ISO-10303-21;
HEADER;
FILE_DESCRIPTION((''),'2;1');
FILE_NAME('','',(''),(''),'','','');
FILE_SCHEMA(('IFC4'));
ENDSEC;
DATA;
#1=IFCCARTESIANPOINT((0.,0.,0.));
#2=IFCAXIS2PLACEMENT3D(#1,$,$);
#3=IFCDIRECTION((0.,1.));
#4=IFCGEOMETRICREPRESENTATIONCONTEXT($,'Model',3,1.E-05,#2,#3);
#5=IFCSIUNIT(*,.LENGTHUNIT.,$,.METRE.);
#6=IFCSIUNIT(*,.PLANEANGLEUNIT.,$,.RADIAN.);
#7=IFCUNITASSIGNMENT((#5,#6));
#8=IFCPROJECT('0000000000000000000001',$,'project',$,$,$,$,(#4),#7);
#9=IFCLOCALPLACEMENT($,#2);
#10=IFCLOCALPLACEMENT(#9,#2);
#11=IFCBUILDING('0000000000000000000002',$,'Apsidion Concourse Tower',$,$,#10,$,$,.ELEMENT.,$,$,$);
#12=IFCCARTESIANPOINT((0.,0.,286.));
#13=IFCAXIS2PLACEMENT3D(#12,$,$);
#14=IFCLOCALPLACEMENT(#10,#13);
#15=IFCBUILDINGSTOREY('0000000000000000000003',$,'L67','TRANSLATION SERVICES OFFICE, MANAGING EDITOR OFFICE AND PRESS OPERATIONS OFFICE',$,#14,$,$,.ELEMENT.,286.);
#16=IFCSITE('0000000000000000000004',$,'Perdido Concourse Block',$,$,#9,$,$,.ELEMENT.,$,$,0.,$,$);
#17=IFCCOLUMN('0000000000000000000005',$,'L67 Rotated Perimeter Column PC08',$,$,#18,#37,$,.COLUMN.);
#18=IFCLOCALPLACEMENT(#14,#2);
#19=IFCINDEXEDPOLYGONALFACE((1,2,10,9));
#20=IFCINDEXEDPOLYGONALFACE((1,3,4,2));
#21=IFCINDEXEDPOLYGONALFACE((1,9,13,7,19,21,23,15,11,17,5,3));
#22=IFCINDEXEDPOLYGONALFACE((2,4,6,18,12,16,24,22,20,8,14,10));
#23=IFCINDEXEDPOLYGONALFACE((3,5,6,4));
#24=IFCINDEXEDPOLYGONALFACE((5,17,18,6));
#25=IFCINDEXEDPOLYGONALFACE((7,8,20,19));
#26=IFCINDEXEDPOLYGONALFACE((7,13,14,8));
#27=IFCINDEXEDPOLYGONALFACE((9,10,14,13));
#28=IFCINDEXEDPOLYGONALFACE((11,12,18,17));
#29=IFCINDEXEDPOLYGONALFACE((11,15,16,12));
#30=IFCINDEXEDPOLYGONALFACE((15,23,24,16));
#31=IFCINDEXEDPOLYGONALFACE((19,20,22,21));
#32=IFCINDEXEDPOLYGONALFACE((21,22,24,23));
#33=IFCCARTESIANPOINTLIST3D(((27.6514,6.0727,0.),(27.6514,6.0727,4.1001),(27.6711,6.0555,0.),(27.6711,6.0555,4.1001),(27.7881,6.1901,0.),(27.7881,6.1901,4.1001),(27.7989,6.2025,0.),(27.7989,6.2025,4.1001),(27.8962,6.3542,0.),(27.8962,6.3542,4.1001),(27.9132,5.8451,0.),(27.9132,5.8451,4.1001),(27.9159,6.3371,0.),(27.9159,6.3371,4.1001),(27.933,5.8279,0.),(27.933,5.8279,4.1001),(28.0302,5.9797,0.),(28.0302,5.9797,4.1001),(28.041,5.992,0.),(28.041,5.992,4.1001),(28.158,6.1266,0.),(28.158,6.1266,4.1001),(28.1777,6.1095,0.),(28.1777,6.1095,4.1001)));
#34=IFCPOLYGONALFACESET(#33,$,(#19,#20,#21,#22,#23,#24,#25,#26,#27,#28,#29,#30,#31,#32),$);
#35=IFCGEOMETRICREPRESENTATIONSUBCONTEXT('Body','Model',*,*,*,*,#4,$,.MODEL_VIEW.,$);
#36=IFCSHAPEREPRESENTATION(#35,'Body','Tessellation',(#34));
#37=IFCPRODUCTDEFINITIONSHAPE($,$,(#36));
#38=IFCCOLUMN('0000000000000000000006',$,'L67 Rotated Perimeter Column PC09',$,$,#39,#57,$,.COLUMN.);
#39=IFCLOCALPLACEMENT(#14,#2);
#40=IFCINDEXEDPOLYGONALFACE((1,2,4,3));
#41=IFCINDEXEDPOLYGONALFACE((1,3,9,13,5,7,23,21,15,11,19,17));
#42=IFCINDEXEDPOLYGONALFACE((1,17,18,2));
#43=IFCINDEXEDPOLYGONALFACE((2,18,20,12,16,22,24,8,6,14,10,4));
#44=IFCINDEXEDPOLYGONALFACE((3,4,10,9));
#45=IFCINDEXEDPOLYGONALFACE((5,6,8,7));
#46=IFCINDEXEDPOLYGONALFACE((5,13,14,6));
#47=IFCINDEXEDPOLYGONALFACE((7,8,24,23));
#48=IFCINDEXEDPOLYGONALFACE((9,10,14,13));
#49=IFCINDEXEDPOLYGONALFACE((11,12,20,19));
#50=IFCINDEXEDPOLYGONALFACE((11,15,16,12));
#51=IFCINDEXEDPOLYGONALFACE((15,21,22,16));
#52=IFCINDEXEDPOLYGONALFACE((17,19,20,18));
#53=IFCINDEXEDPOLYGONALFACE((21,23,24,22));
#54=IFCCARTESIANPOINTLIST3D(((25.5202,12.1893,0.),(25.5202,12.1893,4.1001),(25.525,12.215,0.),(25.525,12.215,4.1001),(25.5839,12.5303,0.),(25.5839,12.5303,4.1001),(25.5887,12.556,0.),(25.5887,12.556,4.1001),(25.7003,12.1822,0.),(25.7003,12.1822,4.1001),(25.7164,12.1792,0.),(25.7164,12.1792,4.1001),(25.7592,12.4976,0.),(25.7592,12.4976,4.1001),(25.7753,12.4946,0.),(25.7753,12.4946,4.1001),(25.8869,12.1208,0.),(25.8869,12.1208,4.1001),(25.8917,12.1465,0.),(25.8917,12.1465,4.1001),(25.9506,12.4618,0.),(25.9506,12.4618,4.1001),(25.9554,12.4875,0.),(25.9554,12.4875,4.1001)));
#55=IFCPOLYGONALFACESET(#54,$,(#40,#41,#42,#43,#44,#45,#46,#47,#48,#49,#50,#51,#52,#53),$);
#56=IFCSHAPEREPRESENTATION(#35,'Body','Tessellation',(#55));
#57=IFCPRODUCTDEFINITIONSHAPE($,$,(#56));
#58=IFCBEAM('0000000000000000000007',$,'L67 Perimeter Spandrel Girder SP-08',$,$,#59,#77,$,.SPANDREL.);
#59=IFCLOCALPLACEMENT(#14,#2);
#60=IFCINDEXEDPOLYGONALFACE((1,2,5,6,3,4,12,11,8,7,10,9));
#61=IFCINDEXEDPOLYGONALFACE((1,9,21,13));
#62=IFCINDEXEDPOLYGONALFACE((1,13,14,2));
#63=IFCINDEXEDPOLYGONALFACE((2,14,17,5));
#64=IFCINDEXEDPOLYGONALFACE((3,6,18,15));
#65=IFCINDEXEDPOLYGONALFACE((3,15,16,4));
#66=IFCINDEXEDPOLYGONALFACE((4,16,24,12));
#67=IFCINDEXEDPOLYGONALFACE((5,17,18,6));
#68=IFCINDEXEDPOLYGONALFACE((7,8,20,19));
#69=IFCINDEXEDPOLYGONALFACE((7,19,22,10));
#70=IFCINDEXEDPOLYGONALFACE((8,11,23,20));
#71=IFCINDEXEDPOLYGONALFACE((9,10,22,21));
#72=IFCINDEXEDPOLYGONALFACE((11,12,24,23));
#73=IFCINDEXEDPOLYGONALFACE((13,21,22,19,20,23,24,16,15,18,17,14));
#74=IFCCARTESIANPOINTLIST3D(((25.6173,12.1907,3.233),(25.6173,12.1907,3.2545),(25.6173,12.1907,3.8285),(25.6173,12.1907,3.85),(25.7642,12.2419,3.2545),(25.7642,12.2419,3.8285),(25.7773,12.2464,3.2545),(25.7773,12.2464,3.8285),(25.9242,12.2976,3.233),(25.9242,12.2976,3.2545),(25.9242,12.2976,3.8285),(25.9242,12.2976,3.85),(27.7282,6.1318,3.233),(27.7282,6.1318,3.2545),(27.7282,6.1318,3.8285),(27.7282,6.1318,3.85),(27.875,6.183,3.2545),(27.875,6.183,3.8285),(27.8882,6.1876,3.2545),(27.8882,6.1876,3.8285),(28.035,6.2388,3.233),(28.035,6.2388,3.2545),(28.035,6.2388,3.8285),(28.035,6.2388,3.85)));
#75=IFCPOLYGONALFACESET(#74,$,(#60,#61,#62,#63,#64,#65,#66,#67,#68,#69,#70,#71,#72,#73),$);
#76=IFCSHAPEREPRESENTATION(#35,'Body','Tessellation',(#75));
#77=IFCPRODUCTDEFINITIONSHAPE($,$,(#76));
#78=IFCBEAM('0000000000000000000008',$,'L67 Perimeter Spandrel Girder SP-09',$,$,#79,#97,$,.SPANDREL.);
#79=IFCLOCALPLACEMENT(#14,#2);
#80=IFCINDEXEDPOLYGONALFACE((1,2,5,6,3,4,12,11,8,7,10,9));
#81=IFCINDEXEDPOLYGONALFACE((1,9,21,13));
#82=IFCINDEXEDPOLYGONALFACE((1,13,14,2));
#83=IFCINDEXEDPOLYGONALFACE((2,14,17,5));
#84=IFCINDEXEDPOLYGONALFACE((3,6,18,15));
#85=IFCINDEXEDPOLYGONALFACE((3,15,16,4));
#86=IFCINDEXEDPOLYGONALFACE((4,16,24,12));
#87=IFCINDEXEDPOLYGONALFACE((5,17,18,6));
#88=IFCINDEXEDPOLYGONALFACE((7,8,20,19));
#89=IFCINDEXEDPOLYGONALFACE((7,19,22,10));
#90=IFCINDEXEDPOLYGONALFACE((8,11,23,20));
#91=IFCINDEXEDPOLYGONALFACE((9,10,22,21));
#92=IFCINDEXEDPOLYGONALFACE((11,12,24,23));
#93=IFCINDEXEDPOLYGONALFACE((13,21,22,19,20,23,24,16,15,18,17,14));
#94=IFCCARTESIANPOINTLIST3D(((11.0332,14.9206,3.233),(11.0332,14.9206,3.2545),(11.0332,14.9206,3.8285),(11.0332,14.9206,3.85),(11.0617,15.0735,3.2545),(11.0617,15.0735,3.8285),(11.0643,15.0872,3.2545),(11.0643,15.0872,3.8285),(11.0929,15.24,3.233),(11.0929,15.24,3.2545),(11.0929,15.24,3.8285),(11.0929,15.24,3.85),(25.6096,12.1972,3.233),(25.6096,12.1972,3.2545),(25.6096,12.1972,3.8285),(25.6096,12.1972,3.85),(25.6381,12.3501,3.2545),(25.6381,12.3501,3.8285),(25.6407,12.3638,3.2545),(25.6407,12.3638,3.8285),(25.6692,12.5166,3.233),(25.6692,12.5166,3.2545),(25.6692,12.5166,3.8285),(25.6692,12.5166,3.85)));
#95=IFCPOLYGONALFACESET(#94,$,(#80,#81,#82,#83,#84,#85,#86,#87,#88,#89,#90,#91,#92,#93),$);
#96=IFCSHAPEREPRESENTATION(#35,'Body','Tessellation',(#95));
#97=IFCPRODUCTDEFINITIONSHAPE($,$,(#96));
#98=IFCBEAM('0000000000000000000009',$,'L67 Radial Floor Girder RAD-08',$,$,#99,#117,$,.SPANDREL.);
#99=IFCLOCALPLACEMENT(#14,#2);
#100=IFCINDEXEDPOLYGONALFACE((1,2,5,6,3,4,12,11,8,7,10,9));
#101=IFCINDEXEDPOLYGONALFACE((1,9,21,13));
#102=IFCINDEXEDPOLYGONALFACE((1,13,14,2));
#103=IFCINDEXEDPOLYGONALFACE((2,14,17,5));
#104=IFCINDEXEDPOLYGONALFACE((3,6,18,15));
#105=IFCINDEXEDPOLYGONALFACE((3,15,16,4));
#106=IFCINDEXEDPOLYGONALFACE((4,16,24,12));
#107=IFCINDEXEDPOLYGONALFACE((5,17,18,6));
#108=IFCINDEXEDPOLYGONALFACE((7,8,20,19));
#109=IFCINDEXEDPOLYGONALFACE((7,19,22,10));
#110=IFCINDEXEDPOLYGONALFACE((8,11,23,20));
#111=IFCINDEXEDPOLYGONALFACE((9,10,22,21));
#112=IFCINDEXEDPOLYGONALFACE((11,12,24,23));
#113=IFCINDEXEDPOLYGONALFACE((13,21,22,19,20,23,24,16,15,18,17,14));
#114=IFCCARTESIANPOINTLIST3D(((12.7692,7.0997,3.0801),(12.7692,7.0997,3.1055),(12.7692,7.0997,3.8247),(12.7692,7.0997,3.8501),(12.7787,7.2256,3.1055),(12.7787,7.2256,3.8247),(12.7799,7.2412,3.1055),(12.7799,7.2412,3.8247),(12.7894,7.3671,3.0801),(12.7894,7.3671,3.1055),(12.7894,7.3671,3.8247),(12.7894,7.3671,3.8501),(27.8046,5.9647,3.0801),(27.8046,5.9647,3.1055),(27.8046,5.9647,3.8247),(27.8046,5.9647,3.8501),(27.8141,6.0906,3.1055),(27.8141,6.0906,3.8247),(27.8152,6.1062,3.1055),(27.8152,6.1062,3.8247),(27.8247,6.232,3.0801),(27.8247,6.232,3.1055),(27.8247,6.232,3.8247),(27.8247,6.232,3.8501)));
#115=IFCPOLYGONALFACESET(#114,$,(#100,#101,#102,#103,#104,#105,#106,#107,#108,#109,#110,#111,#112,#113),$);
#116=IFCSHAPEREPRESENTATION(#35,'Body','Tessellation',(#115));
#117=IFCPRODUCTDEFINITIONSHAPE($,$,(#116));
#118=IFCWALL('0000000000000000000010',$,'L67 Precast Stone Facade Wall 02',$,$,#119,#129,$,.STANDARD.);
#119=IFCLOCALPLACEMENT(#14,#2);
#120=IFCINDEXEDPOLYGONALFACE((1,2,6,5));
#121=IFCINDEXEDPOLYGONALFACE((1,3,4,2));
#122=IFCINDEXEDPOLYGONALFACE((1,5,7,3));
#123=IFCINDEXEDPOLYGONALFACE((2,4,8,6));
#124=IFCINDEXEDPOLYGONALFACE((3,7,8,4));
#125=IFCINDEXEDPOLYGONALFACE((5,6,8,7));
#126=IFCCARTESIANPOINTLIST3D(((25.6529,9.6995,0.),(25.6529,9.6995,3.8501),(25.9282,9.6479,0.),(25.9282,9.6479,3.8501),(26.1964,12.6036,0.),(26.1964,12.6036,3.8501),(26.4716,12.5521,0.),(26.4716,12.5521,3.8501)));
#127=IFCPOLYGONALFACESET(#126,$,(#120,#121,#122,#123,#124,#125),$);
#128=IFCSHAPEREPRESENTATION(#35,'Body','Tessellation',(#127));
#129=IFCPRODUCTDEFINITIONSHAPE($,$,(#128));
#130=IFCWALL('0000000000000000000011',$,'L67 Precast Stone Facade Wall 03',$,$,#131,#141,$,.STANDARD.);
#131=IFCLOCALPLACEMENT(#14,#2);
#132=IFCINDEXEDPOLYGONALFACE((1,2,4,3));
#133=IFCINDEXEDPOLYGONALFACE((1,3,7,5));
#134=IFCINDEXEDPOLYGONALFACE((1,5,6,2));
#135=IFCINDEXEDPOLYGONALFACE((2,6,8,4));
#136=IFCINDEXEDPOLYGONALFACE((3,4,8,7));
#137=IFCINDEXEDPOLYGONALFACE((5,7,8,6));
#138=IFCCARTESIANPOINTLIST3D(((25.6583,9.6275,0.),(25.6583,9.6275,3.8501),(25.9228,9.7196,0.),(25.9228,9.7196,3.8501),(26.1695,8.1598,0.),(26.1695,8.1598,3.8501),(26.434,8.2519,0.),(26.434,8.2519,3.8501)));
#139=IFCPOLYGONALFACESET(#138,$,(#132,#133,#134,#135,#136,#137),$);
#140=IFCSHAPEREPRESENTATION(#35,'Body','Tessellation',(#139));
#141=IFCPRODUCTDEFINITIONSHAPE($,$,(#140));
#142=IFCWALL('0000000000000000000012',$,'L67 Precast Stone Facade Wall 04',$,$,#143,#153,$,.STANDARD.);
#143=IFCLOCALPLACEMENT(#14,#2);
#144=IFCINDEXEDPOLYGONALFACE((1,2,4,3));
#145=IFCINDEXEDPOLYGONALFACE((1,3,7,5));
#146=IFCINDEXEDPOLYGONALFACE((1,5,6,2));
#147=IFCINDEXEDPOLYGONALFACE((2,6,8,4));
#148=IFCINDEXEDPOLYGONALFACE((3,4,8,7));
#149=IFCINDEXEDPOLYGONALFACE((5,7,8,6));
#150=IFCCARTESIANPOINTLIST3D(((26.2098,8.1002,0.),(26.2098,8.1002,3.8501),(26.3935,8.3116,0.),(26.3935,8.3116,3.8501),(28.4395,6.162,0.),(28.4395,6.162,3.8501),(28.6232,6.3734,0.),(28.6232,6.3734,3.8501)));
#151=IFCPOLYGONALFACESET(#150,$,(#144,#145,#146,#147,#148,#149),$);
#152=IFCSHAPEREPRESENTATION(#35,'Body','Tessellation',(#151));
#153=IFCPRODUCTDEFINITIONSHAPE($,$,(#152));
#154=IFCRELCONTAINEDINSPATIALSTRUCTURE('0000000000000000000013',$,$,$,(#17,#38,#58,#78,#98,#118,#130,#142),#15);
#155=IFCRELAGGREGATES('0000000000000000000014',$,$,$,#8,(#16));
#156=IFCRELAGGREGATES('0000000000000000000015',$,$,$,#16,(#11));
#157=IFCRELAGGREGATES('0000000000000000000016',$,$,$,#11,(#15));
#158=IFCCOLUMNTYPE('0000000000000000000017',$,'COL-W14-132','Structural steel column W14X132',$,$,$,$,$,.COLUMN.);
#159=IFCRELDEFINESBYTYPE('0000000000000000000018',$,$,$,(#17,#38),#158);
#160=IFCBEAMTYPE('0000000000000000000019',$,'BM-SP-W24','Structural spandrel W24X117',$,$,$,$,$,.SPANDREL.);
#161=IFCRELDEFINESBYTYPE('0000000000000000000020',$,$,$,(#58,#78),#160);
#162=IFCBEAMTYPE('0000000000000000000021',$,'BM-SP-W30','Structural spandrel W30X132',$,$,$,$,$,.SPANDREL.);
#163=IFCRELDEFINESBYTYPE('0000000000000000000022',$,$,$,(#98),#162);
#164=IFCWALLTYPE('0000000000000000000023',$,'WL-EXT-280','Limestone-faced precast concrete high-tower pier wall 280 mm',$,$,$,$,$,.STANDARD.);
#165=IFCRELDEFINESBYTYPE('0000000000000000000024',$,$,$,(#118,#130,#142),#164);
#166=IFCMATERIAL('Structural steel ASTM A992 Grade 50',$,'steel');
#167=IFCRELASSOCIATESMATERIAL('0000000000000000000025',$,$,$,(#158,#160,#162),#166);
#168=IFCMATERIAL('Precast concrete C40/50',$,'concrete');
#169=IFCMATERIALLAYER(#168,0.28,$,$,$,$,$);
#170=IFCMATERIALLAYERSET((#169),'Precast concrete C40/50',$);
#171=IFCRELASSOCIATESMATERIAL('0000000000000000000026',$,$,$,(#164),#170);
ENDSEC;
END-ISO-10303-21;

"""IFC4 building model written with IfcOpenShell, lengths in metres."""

from ifc_helpers import new_model, si_unit, direction, frame, frame_2d, origin, origin_2d, place, context, subcontext, project, spatial, rectangle, i_section, extrude, material, layer, layer_set, material_profile, profile_set, type_object, element, save


model = new_model("IFC4")

# Units and contexts
model_context = context("Model", 3, precision=1e-05, world=origin(), true_north=direction((0.0, 1.0)))
body_context = subcontext(model_context, "Body", "Model", "MODEL_VIEW")
ifc_project = project(units=[si_unit("LENGTHUNIT", "METRE"), si_unit("PLANEANGLEUNIT", "RADIAN")], contexts=[model_context])

# Site, building, storey
site_placement = place(None, origin())
site = spatial("IfcSite", under=ifc_project, at=site_placement, Name="Perdido Concourse Block", CompositionType="ELEMENT", RefElevation=0.0)
building_placement = place(site_placement, origin())
building = spatial("IfcBuilding", under=site, at=building_placement, Name="Apsidion Concourse Tower", CompositionType="ELEMENT")
storey_placement = place(building_placement, frame((0.0, 0.0, 286.0)))
storey = spatial("IfcBuildingStorey", under=building, at=storey_placement, Name="L67", Description="TRANSLATION SERVICES OFFICE, MANAGING EDITOR OFFICE AND PRESS OPERATIONS OFFICE", CompositionType="ELEMENT", Elevation=286.0)

# Columns
ifc_material_1 = material(Name="Structural steel ASTM A992 Grade 50", Category="steel")
ifc_material_profile_1 = material_profile(ifc_material_1, i_section(OverallWidth=0.373, OverallDepth=0.373, WebThickness=0.0164, FlangeThickness=0.0261, at=origin_2d()), Name="W14X132")
ifc_profile_set_1 = profile_set([ifc_material_profile_1], Name="Structural steel ASTM A992 Grade 50")
column_type = type_object("IfcColumnType", Name="COL-W14-132", Description="Structural steel column W14X132", PredefinedType="COLUMN", material=ifc_profile_set_1)
for number, where, z_axis, x_axis, name in (
    (1, (27.9146, 6.0911, 0.0), (0.0, 0.0, 1.0), (0.656059, 0.75471, 0.0), "L67 Rotated Perimeter Column PC08"),
    (2, (25.7378, 12.3384, 0.0), (0.0, 0.0, 1.0), (-0.983, 0.183608, 0.0), "L67 Rotated Perimeter Column PC09"),
):
    element("IfcColumn", number, at=place(storey_placement, frame(where, z_axis=z_axis, x_axis=x_axis)), inside=storey, type_object=column_type, Name=name, PredefinedType="COLUMN", context=body_context, shape_type="SweptSolid", body=[
        extrude(i_section(OverallWidth=0.373, OverallDepth=0.373, WebThickness=0.0164, FlangeThickness=0.0261, at=origin_2d()), origin(), (0.0, 0.0, 1.0), 4.1001),
    ])

# Beams
ifc_material_profile_2 = material_profile(ifc_material_1, i_section(OverallWidth=0.325, OverallDepth=0.6169, WebThickness=0.0139, FlangeThickness=0.0215, at=origin_2d()), Name="W24X117")
ifc_profile_set_2 = profile_set([ifc_material_profile_2], Name="Structural steel ASTM A992 Grade 50")
beam_type_1 = type_object("IfcBeamType", Name="BM-SP-W24", Description="Structural spandrel W24X117", PredefinedType="SPANDREL", material=ifc_profile_set_2)
beam_1_placement = place(storey_placement, frame((27.8816, 6.1853, 3.5415), z_axis=(-0.328996, 0.944331, 0.0), x_axis=(-0.944331, -0.328996, 0.0)))
element("IfcBeam", 3, at=beam_1_placement, inside=storey, type_object=beam_type_1, Name="L67 Perimeter Spandrel Girder SP-08", PredefinedType="SPANDREL", context=body_context, shape_type="SweptSolid", body=[
    extrude(i_section(OverallWidth=0.325, OverallDepth=0.6169, WebThickness=0.0139, FlangeThickness=0.0215, at=origin_2d()), origin(), (0.0, 0.0, 1.0), 6.416),
])
beam_2_placement = place(storey_placement, frame((25.6394, 12.3569, 3.5415), z_axis=(-0.98299, 0.183657, 0.0), x_axis=(-0.183657, -0.98299, 0.0)))
element("IfcBeam", 4, at=beam_2_placement, inside=storey, type_object=beam_type_1, Name="L67 Perimeter Spandrel Girder SP-09", PredefinedType="SPANDREL", context=body_context, shape_type="SweptSolid", body=[
    extrude(i_section(OverallWidth=0.325, OverallDepth=0.6169, WebThickness=0.0139, FlangeThickness=0.0215, at=origin_2d()), origin(), (0.0, 0.0, 1.0), 14.8286),
])
ifc_material_profile_3 = material_profile(ifc_material_1, i_section(OverallWidth=0.2681, OverallDepth=0.77, WebThickness=0.0156, FlangeThickness=0.0254, at=origin_2d()), Name="W30X132")
ifc_profile_set_3 = profile_set([ifc_material_profile_3], Name="Structural steel ASTM A992 Grade 50")
beam_type_2 = type_object("IfcBeamType", Name="BM-SP-W30", Description="Structural spandrel W30X132", PredefinedType="SPANDREL", material=ifc_profile_set_3)
beam_3_placement = place(storey_placement, frame((12.7793, 7.2334, 3.4651), z_axis=(0.997163, -0.075275, 0.0), x_axis=(0.075275, 0.997163, 0.0)))
element("IfcBeam", 5, at=beam_3_placement, inside=storey, type_object=beam_type_2, Name="L67 Radial Floor Girder RAD-08", PredefinedType="SPANDREL", context=body_context, shape_type="SweptSolid", body=[
    extrude(i_section(OverallWidth=0.2681, OverallDepth=0.77, WebThickness=0.0156, FlangeThickness=0.0254, at=origin_2d()), origin(), (0.0, 0.0, 1.0), 15.0781),
])

# Walls
ifc_material_2 = material(Name="Precast concrete C40/50", Category="concrete")
ifc_layer_1 = layer(ifc_material_2, 0.28)
ifc_layer_set_1 = layer_set([ifc_layer_1], Name="Precast concrete C40/50")
wall_type_1 = type_object("IfcWallType", Name="WL-EXT-280", Description="Limestone-faced precast concrete high-tower pier wall 280 mm", PredefinedType="STANDARD", material=ifc_layer_set_1)
wall_1_placement = place(storey_placement, frame((26.334, 12.5779, 0.0), z_axis=(0.0, 0.0, 1.0), x_axis=(-0.183929, -0.982939, 0.0)))
element("IfcWall", 6, at=wall_1_placement, inside=storey, type_object=wall_type_1, Name="L67 Precast Stone Facade Wall 02", PredefinedType="STANDARD", context=body_context, shape_type="SweptSolid", body=[
    extrude(rectangle(XDim=2.9546, YDim=0.28, at=frame_2d((1.4773, 0.0))), origin(), (0.0, 0.0, 1.0), 3.8501),
])
wall_2_placement = place(storey_placement, frame((25.7905, 9.6736, 0.0), z_axis=(0.0, 0.0, 1.0), x_axis=(0.328923, -0.944357, 0.0)))
element("IfcWall", 7, at=wall_2_placement, inside=storey, type_object=wall_type_1, Name="L67 Precast Stone Facade Wall 03", PredefinedType="STANDARD", context=body_context, shape_type="SweptSolid", body=[
    extrude(rectangle(XDim=1.5542, YDim=0.28, at=frame_2d((0.7771, 0.0))), origin(), (0.0, 0.0, 1.0), 3.8501),
])
wall_3_placement = place(storey_placement, frame((26.3018, 8.2058, 0.0), z_axis=(0.0, 0.0, 1.0), x_axis=(0.754718, -0.65605, 0.0)))
element("IfcWall", 8, at=wall_3_placement, inside=storey, type_object=wall_type_1, Name="L67 Precast Stone Facade Wall 04", PredefinedType="STANDARD", context=body_context, shape_type="SweptSolid", body=[
    extrude(rectangle(XDim=2.9543, YDim=0.28, at=frame_2d((1.4771, 0.0))), origin(), (0.0, 0.0, 1.0), 3.8501),
])

save(model, "model.ifc")
